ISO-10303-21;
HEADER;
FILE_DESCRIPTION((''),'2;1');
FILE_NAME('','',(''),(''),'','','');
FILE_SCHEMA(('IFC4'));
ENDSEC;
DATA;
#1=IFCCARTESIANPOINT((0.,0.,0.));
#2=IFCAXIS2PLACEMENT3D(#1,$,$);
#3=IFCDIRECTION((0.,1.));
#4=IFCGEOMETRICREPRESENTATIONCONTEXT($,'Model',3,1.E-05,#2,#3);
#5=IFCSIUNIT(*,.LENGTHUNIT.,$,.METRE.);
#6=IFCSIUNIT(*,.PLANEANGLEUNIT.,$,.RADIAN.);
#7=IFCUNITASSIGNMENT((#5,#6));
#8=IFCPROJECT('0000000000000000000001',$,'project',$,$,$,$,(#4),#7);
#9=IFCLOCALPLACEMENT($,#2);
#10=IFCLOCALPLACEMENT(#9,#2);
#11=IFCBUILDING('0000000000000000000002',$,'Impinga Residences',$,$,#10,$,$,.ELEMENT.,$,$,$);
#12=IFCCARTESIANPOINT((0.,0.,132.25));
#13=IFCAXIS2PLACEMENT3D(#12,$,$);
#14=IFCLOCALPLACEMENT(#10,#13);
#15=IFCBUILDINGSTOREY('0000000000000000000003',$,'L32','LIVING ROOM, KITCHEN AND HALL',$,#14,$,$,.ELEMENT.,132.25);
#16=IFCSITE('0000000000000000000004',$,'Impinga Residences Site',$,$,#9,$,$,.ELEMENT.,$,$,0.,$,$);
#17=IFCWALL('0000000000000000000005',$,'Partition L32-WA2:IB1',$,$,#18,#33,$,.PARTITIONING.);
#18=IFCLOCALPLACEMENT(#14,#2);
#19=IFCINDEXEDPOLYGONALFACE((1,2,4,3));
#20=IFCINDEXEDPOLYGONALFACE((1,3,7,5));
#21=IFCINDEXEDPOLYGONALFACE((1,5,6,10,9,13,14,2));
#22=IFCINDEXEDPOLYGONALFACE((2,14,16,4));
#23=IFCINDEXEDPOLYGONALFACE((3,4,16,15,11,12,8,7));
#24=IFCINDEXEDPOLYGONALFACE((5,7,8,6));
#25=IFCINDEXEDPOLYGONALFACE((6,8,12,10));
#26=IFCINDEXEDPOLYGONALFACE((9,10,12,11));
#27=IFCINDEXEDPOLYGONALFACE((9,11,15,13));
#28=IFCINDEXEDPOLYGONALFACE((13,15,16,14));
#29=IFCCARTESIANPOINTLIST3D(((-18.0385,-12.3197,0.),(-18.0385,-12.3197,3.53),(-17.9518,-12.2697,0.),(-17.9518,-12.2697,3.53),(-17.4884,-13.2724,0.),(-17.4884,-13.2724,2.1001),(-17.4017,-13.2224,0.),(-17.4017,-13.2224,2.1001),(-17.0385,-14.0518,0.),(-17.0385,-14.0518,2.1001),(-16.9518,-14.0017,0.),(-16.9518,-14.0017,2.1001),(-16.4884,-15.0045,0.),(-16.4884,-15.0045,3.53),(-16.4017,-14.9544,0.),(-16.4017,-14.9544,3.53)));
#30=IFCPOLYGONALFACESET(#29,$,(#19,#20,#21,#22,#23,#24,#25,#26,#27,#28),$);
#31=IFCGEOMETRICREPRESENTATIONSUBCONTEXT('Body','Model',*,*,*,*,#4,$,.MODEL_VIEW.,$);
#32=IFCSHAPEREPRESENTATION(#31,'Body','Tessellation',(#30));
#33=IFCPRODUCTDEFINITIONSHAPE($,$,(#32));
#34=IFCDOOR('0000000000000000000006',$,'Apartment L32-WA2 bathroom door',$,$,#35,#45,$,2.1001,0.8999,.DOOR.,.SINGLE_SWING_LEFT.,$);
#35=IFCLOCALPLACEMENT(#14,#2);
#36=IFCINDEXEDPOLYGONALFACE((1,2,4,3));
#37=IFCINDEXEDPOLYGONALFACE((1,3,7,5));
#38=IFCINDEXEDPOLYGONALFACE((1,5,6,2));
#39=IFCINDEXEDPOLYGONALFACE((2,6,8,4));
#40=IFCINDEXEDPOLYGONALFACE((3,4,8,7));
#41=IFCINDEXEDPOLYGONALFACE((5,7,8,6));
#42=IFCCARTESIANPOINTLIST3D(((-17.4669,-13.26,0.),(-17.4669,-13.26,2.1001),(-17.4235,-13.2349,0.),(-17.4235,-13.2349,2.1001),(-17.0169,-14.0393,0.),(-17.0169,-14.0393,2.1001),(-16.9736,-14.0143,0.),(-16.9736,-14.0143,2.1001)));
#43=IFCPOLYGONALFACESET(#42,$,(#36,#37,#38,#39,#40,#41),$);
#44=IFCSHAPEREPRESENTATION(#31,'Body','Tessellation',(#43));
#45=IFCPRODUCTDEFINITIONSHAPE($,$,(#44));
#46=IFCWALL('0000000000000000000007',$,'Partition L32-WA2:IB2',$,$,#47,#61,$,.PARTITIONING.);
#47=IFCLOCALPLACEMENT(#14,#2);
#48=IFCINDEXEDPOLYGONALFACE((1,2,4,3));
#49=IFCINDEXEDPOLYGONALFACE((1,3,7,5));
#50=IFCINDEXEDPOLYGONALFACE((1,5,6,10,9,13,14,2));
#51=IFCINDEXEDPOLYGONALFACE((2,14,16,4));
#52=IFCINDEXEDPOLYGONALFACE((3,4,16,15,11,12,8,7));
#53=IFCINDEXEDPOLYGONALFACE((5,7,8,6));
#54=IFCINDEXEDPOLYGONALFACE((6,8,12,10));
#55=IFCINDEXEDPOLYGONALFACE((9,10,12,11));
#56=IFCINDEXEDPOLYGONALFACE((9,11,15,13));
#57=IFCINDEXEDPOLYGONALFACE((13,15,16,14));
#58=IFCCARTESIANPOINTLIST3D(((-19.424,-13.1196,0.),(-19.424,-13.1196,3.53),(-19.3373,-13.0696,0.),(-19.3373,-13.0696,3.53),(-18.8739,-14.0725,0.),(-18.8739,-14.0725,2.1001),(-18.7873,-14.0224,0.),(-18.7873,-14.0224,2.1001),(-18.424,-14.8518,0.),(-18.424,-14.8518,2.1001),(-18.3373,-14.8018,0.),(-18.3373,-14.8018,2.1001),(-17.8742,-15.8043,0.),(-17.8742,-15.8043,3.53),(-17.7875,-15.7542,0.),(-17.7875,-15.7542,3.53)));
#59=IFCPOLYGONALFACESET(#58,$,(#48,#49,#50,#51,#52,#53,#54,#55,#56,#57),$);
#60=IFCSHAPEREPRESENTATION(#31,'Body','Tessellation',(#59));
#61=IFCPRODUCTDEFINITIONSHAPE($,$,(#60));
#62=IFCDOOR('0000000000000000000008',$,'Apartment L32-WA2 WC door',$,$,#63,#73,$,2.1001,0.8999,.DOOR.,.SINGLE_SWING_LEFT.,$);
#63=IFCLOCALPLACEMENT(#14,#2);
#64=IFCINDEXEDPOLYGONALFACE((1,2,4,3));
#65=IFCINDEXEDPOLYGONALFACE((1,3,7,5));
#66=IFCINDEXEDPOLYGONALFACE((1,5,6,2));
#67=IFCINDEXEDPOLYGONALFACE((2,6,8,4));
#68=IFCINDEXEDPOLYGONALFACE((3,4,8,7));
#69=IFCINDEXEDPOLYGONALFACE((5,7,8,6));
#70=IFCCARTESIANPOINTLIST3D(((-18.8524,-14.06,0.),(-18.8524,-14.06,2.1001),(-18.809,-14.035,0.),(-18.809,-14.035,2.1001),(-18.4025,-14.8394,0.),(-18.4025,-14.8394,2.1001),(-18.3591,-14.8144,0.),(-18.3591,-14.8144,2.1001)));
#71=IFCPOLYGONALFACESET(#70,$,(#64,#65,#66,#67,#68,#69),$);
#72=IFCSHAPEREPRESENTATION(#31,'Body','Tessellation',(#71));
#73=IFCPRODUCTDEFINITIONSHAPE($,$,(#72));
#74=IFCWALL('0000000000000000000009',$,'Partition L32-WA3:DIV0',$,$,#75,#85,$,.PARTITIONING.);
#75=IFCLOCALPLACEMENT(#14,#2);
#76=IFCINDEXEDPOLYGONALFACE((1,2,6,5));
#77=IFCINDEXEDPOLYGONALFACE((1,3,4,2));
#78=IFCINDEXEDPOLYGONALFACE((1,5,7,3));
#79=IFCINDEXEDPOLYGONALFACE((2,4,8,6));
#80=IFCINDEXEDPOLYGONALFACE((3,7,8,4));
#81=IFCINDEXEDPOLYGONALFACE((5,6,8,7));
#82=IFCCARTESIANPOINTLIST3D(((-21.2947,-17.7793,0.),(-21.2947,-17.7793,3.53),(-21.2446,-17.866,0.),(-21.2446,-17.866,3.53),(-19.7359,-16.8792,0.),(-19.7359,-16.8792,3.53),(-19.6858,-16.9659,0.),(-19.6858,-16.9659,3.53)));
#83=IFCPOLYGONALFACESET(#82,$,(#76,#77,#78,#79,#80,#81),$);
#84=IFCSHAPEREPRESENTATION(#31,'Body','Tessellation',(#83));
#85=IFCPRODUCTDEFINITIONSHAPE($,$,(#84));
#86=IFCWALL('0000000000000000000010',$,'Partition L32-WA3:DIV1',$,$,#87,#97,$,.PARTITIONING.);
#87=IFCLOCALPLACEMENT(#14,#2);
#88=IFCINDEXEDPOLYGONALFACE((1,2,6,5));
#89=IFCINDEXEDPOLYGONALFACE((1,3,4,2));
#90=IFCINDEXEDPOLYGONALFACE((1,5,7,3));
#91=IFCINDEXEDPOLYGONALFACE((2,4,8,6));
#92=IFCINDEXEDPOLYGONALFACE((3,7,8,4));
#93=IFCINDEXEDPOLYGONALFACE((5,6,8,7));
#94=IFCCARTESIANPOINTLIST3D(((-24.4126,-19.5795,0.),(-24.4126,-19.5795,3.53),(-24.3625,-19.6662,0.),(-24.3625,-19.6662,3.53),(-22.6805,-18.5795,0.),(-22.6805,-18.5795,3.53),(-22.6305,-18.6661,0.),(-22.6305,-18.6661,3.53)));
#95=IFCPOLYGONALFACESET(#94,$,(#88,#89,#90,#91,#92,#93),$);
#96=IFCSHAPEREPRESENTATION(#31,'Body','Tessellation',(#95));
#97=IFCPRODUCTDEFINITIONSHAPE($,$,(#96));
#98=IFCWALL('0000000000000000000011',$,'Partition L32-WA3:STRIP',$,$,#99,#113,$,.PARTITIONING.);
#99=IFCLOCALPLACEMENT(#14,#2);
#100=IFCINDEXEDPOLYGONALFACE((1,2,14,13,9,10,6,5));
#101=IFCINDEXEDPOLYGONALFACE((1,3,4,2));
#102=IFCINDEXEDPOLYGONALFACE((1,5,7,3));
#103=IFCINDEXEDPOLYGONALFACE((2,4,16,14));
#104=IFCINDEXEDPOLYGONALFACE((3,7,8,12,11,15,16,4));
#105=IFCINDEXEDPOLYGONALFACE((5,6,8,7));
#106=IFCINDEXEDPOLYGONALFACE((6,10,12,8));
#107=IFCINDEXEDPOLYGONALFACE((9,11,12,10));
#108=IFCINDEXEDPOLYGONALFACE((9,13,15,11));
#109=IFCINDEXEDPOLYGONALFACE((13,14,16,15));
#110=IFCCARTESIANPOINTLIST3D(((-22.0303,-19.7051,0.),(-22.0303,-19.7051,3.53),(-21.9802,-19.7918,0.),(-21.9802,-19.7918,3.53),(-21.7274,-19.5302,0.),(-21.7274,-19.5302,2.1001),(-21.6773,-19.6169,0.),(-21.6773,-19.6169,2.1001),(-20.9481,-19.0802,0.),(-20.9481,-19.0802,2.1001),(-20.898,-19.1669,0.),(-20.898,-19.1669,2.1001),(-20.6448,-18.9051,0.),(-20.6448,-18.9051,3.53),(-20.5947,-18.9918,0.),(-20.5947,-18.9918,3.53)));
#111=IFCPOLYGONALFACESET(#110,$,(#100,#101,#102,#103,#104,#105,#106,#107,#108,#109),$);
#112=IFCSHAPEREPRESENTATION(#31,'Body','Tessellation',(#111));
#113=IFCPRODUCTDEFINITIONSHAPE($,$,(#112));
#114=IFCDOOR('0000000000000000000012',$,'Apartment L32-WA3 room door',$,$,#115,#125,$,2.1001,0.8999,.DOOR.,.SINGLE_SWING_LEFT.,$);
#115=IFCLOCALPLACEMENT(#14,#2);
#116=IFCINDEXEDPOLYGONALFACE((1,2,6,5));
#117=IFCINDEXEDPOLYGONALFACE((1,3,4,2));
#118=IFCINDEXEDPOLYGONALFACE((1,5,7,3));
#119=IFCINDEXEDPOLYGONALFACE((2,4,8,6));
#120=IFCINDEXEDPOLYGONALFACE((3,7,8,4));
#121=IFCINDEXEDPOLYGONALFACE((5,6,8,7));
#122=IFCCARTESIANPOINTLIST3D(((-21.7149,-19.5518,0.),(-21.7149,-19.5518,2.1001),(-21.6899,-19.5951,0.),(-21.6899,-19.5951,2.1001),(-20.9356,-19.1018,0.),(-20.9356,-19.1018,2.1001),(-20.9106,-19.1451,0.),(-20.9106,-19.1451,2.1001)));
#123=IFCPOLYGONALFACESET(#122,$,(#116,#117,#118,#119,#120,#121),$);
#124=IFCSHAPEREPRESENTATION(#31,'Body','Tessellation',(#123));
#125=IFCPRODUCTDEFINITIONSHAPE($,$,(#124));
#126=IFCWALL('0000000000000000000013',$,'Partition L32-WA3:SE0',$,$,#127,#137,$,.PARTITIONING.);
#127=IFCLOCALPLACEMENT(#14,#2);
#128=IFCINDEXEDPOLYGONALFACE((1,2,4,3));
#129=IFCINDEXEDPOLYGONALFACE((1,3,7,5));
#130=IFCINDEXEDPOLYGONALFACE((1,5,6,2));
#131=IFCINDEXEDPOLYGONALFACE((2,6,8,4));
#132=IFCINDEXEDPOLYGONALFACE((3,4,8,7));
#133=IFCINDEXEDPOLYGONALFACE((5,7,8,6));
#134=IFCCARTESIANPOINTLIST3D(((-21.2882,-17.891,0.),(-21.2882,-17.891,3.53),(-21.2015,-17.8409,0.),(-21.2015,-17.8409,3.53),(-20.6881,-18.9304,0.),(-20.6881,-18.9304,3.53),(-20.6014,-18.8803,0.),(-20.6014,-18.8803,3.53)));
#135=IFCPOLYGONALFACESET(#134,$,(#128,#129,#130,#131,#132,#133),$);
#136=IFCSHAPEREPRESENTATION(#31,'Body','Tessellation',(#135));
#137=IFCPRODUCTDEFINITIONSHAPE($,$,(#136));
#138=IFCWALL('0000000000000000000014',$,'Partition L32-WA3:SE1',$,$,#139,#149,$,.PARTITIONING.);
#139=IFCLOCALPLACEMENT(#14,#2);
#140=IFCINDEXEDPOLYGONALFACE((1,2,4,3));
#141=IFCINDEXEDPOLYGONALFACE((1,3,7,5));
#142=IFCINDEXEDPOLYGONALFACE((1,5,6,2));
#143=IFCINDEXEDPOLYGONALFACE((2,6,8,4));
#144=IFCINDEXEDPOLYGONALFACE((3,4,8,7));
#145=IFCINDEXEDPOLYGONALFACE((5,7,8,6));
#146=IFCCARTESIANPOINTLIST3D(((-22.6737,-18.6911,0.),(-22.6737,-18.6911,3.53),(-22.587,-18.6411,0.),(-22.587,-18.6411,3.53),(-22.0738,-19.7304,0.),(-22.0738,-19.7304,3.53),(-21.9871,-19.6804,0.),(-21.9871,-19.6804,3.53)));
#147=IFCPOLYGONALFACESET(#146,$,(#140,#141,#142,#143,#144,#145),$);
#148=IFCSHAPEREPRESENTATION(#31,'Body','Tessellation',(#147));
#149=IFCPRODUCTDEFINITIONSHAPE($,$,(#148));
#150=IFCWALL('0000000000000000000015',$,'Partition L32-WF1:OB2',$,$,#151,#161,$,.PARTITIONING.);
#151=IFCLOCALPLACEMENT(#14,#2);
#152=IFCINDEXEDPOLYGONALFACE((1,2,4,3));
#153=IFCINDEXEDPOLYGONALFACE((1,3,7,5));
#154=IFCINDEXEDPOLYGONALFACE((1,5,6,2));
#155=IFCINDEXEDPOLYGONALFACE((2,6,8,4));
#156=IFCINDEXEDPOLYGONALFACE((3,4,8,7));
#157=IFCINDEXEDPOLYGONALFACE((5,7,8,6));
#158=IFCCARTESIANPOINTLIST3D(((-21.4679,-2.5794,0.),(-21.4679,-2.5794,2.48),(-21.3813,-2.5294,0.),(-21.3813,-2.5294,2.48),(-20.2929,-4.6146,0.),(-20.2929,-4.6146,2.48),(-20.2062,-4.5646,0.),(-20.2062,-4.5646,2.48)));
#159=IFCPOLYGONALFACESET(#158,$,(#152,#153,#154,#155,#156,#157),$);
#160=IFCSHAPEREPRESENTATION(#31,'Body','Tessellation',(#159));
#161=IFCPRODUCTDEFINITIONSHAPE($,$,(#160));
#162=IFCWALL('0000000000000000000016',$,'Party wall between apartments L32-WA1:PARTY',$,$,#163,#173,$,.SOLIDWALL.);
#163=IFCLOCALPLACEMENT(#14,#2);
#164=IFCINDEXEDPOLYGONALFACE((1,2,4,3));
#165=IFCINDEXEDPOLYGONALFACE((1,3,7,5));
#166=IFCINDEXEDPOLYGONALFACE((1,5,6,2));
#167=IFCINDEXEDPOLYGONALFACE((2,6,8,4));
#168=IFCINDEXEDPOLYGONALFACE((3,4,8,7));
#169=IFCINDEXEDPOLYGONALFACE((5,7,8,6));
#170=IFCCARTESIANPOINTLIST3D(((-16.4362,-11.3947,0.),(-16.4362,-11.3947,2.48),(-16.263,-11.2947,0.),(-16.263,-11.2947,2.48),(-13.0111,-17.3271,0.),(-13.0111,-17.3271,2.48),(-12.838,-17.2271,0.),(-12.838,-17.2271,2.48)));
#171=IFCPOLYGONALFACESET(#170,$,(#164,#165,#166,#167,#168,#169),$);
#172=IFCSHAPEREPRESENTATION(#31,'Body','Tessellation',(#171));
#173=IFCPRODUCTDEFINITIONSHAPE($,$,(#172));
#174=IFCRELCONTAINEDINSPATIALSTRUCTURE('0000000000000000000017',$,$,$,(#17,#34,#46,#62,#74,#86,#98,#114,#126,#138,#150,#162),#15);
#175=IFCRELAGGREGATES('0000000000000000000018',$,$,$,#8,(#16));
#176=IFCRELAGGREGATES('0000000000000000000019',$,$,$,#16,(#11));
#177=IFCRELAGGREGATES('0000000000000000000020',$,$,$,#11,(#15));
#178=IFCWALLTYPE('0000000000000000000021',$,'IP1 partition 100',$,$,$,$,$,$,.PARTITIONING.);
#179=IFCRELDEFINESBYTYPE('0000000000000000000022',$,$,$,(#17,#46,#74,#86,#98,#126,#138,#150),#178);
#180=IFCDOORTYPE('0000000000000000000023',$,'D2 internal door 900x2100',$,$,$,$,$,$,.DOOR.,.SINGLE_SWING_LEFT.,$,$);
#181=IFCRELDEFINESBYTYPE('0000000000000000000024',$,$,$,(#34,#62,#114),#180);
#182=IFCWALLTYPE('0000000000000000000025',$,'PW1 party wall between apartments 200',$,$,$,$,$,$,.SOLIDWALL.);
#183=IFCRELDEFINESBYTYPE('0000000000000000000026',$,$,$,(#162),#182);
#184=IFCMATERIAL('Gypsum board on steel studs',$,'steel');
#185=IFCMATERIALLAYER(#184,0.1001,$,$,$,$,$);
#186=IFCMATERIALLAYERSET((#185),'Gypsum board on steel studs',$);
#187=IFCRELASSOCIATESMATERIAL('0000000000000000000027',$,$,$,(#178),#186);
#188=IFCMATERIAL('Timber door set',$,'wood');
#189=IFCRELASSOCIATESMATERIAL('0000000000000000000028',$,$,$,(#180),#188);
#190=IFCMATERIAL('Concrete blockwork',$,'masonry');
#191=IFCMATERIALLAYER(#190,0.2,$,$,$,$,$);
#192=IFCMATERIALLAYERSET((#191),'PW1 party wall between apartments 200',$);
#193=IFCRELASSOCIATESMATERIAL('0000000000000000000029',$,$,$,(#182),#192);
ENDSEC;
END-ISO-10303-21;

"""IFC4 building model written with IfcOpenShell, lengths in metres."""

from ifc_helpers import new_model, si_unit, direction, frame, frame_2d, origin, place, context, subcontext, project, spatial, rectangle, extrude, material, layer, layer_set, type_object, element, fill, save


model = new_model("IFC4")

# Units and contexts
model_context = context("Model", 3, precision=1e-05, world=origin(), true_north=direction((0.0, 1.0)))
body_context = subcontext(model_context, "Body", "Model", "MODEL_VIEW")
ifc_project = project(units=[si_unit("LENGTHUNIT", "METRE"), si_unit("PLANEANGLEUNIT", "RADIAN")], contexts=[model_context])

# Site, building, storey
site_placement = place(None, origin())
site = spatial("IfcSite", under=ifc_project, at=site_placement, Name="Impinga Residences Site", CompositionType="ELEMENT", RefElevation=0.0)
building_placement = place(site_placement, origin())
building = spatial("IfcBuilding", under=site, at=building_placement, Name="Impinga Residences", CompositionType="ELEMENT")
storey_placement = place(building_placement, frame((0.0, 0.0, 132.25)))
storey = spatial("IfcBuildingStorey", under=building, at=storey_placement, Name="L32", Description="LIVING ROOM, KITCHEN AND HALL", CompositionType="ELEMENT", Elevation=132.25)

# Shared definitions
ifc_material_1 = material(Name="Concrete blockwork", Category="masonry")
ifc_material_2 = material(Name="Timber door set", Category="wood")

# Shared definitions
ifc_material_3 = material(Name="Gypsum board on steel studs", Category="steel")
ifc_layer_1 = layer(ifc_material_3, 0.1001)
ifc_layer_set_1 = layer_set([ifc_layer_1], Name="Gypsum board on steel studs")
wall_type_1 = type_object("IfcWallType", Name="IP1 partition 100", PredefinedType="PARTITIONING", material=ifc_layer_set_1)

# Shared definitions
door_type_1 = type_object("IfcDoorType", Name="D2 internal door 900x2100", OperationType="SINGLE_SWING_LEFT", PredefinedType="DOOR", material=ifc_material_2)

# Walls, openings, doors
wall_1_placement = place(storey_placement, frame((-17.9951, -12.2947, 0.0), z_axis=(0.0, 0.0, 1.0), x_axis=(0.499993, -0.86603, 0.0)))
wall_1 = element("IfcWall", 1, at=wall_1_placement, inside=storey, type_object=wall_type_1, Name="Partition L32-WA2:IB1", PredefinedType="PARTITIONING", context=body_context, shape_type="SweptSolid", body=[
    extrude(rectangle(XDim=3.1001, YDim=0.1001, at=frame_2d((1.55, 0.0))), origin(), (0.0, 0.0, 1.0), 3.53),
])
opening_1_placement = place(wall_1_placement, frame((1.1001, 0.0, 0.0)))
opening_1 = element("IfcOpeningElement", 2, at=opening_1_placement, cuts=wall_1, PredefinedType="OPENING", context=body_context, shape_type="SweptSolid", body=[
    extrude(rectangle(XDim=0.8999, YDim=2.1001, at=frame_2d((0.45, 1.05))), frame((0.0, 0.0601, 0.0), z_axis=(0.0, -1.0, 0.0), x_axis=(1.0, 0.0, 0.0)), (0.0, 0.0, 1.0), 0.1201),
])
door_1_placement = place(opening_1_placement, origin())
door_1 = element("IfcDoor", 3, at=door_1_placement, inside=storey, type_object=door_type_1, Name="Apartment L32-WA2 bathroom door", OperationType="SINGLE_SWING_LEFT", OverallHeight=2.1001, OverallWidth=0.8999, PredefinedType="DOOR", context=body_context, shape_type="SweptSolid", body=[
    extrude(rectangle(XDim=0.8999, YDim=2.1001, at=frame_2d((0.45, 1.05))), frame((0.0, 0.0249, 0.0), z_axis=(0.0, -1.0, 0.0), x_axis=(1.0, 0.0, 0.0)), (0.0, 0.0, 1.0), 0.05),
])
fill(opening_1, door_1)
wall_2_placement = place(storey_placement, frame((-19.3806, -13.0947, 0.0), z_axis=(0.0, 0.0, 1.0), x_axis=(0.499968, -0.866044, 0.0)))
wall_2 = element("IfcWall", 4, at=wall_2_placement, inside=storey, type_object=wall_type_1, Name="Partition L32-WA2:IB2", PredefinedType="PARTITIONING", context=body_context, shape_type="SweptSolid", body=[
    extrude(rectangle(XDim=3.0999, YDim=0.1001, at=frame_2d((1.5498, 0.0))), origin(), (0.0, 0.0, 1.0), 3.53),
])
opening_2_placement = place(wall_2_placement, frame((1.1001, 0.0, 0.0)))
opening_2 = element("IfcOpeningElement", 5, at=opening_2_placement, cuts=wall_2, PredefinedType="OPENING", context=body_context, shape_type="SweptSolid", body=[
    extrude(rectangle(XDim=0.8999, YDim=2.1001, at=frame_2d((0.45, 1.05))), frame((0.0, 0.0601, 0.0), z_axis=(0.0, -1.0, 0.0), x_axis=(1.0, 0.0, 0.0)), (0.0, 0.0, 1.0), 0.1201),
])
door_2_placement = place(opening_2_placement, origin())
door_2 = element("IfcDoor", 6, at=door_2_placement, inside=storey, type_object=door_type_1, Name="Apartment L32-WA2 WC door", OperationType="SINGLE_SWING_LEFT", OverallHeight=2.1001, OverallWidth=0.8999, PredefinedType="DOOR", context=body_context, shape_type="SweptSolid", body=[
    extrude(rectangle(XDim=0.8999, YDim=2.1001, at=frame_2d((0.45, 1.05))), frame((0.0, 0.0249, 0.0), z_axis=(0.0, -1.0, 0.0), x_axis=(1.0, 0.0, 0.0)), (0.0, 0.0, 1.0), 0.05),
])
fill(opening_2, door_2)

# Walls
wall_3_placement = place(storey_placement, frame((-19.7109, -16.9226, 0.0), z_axis=(0.0, 0.0, 1.0), x_axis=(-0.865989, -0.500063, 0.0)))
element("IfcWall", 7, at=wall_3_placement, inside=storey, type_object=wall_type_1, Name="Partition L32-WA3:DIV0", PredefinedType="PARTITIONING", context=body_context, shape_type="SweptSolid", body=[
    extrude(rectangle(XDim=1.8, YDim=0.1001, at=frame_2d((0.8999, 0.0))), origin(), (0.0, 0.0, 1.0), 3.53),
])
wall_4_placement = place(storey_placement, frame((-22.6555, -18.6228, 0.0), z_axis=(0.0, 0.0, 1.0), x_axis=(-0.866011, -0.500025, 0.0)))
element("IfcWall", 8, at=wall_4_placement, inside=storey, type_object=wall_type_1, Name="Partition L32-WA3:DIV1", PredefinedType="PARTITIONING", context=body_context, shape_type="SweptSolid", body=[
    extrude(rectangle(XDim=2.0, YDim=0.1001, at=frame_2d((1.0, 0.0))), origin(), (0.0, 0.0, 1.0), 3.53),
])

# Wall, opening, door
wall_5_placement = place(storey_placement, frame((-20.6199, -18.9485, 0.0), z_axis=(0.0, 0.0, 1.0), x_axis=(-0.86599, -0.500061, 0.0)))
wall_5 = element("IfcWall", 9, at=wall_5_placement, inside=storey, type_object=wall_type_1, Name="Partition L32-WA3:STRIP", PredefinedType="PARTITIONING", context=body_context, shape_type="SweptSolid", body=[
    extrude(rectangle(XDim=1.5999, YDim=0.1001, at=frame_2d((0.7998, 0.0))), origin(), (0.0, 0.0, 1.0), 3.53),
])
opening_3_placement = place(wall_5_placement, frame((0.3501, 0.0, 0.0)))
opening_3 = element("IfcOpeningElement", 10, at=opening_3_placement, cuts=wall_5, PredefinedType="OPENING", context=body_context, shape_type="SweptSolid", body=[
    extrude(rectangle(XDim=0.8999, YDim=2.1001, at=frame_2d((0.45, 1.05))), frame((0.0, 0.0601, 0.0), z_axis=(0.0, -1.0, 0.0), x_axis=(1.0, 0.0, 0.0)), (0.0, 0.0, 1.0), 0.1201),
])
door_3_placement = place(opening_3_placement, origin())
door_3 = element("IfcDoor", 11, at=door_3_placement, inside=storey, type_object=door_type_1, Name="Apartment L32-WA3 room door", OperationType="SINGLE_SWING_LEFT", OverallHeight=2.1001, OverallWidth=0.8999, PredefinedType="DOOR", context=body_context, shape_type="SweptSolid", body=[
    extrude(rectangle(XDim=0.8999, YDim=2.1001, at=frame_2d((0.45, 1.05))), frame((0.0, 0.0249, 0.0), z_axis=(0.0, -1.0, 0.0), x_axis=(1.0, 0.0, 0.0)), (0.0, 0.0, 1.0), 0.05),
])
fill(opening_3, door_3)

# Walls
wall_6_placement = place(storey_placement, frame((-21.2449, -17.866, 0.0), z_axis=(0.0, 0.0, 1.0), x_axis=(0.500034, -0.866006, 0.0)))
element("IfcWall", 12, at=wall_6_placement, inside=storey, type_object=wall_type_1, Name="Partition L32-WA3:SE0", PredefinedType="PARTITIONING", context=body_context, shape_type="SweptSolid", body=[
    extrude(rectangle(XDim=1.2002, YDim=0.1001, at=frame_2d((0.6001, 0.0))), origin(), (0.0, 0.0, 1.0), 3.53),
])
wall_7_placement = place(storey_placement, frame((-22.6304, -18.666, 0.0), z_axis=(0.0, 0.0, 1.0), x_axis=(0.499881, -0.866094, 0.0)))
element("IfcWall", 13, at=wall_7_placement, inside=storey, type_object=wall_type_1, Name="Partition L32-WA3:SE1", PredefinedType="PARTITIONING", context=body_context, shape_type="SweptSolid", body=[
    extrude(rectangle(XDim=1.2, YDim=0.1001, at=frame_2d((0.6001, 0.0))), origin(), (0.0, 0.0, 1.0), 3.53),
])
wall_8_placement = place(storey_placement, frame((-20.2495, -4.5896, 0.0), z_axis=(0.0, 0.0, 1.0), x_axis=(-0.500016, 0.866016, 0.0)))
element("IfcWall", 14, at=wall_8_placement, inside=storey, type_object=wall_type_1, Name="Partition L32-WF1:OB2", PredefinedType="PARTITIONING", context=body_context, shape_type="SweptSolid", body=[
    extrude(rectangle(XDim=2.3501, YDim=0.1001, at=frame_2d((1.175, 0.0))), origin(), (0.0, 0.0, 1.0), 2.48),
])
ifc_layer_2 = layer(ifc_material_1, 0.2)
ifc_layer_set_2 = layer_set([ifc_layer_2], Name="PW1 party wall between apartments 200")
wall_type_2 = type_object("IfcWallType", Name="PW1 party wall between apartments 200", PredefinedType="SOLIDWALL", material=ifc_layer_set_2)
wall_9_placement = place(storey_placement, frame((-16.3496, -11.3447, 0.0), z_axis=(0.0, 0.0, 1.0), x_axis=(0.499999, -0.866026, 0.0)))
element("IfcWall", 15, at=wall_9_placement, inside=storey, type_object=wall_type_2, Name="Party wall between apartments L32-WA1:PARTY", PredefinedType="SOLIDWALL", context=body_context, shape_type="SweptSolid", body=[
    extrude(rectangle(XDim=6.8501, YDim=0.2, at=frame_2d((3.425, 0.0))), origin(), (0.0, 0.0, 1.0), 2.48),
])

save(model, "model.ifc")
